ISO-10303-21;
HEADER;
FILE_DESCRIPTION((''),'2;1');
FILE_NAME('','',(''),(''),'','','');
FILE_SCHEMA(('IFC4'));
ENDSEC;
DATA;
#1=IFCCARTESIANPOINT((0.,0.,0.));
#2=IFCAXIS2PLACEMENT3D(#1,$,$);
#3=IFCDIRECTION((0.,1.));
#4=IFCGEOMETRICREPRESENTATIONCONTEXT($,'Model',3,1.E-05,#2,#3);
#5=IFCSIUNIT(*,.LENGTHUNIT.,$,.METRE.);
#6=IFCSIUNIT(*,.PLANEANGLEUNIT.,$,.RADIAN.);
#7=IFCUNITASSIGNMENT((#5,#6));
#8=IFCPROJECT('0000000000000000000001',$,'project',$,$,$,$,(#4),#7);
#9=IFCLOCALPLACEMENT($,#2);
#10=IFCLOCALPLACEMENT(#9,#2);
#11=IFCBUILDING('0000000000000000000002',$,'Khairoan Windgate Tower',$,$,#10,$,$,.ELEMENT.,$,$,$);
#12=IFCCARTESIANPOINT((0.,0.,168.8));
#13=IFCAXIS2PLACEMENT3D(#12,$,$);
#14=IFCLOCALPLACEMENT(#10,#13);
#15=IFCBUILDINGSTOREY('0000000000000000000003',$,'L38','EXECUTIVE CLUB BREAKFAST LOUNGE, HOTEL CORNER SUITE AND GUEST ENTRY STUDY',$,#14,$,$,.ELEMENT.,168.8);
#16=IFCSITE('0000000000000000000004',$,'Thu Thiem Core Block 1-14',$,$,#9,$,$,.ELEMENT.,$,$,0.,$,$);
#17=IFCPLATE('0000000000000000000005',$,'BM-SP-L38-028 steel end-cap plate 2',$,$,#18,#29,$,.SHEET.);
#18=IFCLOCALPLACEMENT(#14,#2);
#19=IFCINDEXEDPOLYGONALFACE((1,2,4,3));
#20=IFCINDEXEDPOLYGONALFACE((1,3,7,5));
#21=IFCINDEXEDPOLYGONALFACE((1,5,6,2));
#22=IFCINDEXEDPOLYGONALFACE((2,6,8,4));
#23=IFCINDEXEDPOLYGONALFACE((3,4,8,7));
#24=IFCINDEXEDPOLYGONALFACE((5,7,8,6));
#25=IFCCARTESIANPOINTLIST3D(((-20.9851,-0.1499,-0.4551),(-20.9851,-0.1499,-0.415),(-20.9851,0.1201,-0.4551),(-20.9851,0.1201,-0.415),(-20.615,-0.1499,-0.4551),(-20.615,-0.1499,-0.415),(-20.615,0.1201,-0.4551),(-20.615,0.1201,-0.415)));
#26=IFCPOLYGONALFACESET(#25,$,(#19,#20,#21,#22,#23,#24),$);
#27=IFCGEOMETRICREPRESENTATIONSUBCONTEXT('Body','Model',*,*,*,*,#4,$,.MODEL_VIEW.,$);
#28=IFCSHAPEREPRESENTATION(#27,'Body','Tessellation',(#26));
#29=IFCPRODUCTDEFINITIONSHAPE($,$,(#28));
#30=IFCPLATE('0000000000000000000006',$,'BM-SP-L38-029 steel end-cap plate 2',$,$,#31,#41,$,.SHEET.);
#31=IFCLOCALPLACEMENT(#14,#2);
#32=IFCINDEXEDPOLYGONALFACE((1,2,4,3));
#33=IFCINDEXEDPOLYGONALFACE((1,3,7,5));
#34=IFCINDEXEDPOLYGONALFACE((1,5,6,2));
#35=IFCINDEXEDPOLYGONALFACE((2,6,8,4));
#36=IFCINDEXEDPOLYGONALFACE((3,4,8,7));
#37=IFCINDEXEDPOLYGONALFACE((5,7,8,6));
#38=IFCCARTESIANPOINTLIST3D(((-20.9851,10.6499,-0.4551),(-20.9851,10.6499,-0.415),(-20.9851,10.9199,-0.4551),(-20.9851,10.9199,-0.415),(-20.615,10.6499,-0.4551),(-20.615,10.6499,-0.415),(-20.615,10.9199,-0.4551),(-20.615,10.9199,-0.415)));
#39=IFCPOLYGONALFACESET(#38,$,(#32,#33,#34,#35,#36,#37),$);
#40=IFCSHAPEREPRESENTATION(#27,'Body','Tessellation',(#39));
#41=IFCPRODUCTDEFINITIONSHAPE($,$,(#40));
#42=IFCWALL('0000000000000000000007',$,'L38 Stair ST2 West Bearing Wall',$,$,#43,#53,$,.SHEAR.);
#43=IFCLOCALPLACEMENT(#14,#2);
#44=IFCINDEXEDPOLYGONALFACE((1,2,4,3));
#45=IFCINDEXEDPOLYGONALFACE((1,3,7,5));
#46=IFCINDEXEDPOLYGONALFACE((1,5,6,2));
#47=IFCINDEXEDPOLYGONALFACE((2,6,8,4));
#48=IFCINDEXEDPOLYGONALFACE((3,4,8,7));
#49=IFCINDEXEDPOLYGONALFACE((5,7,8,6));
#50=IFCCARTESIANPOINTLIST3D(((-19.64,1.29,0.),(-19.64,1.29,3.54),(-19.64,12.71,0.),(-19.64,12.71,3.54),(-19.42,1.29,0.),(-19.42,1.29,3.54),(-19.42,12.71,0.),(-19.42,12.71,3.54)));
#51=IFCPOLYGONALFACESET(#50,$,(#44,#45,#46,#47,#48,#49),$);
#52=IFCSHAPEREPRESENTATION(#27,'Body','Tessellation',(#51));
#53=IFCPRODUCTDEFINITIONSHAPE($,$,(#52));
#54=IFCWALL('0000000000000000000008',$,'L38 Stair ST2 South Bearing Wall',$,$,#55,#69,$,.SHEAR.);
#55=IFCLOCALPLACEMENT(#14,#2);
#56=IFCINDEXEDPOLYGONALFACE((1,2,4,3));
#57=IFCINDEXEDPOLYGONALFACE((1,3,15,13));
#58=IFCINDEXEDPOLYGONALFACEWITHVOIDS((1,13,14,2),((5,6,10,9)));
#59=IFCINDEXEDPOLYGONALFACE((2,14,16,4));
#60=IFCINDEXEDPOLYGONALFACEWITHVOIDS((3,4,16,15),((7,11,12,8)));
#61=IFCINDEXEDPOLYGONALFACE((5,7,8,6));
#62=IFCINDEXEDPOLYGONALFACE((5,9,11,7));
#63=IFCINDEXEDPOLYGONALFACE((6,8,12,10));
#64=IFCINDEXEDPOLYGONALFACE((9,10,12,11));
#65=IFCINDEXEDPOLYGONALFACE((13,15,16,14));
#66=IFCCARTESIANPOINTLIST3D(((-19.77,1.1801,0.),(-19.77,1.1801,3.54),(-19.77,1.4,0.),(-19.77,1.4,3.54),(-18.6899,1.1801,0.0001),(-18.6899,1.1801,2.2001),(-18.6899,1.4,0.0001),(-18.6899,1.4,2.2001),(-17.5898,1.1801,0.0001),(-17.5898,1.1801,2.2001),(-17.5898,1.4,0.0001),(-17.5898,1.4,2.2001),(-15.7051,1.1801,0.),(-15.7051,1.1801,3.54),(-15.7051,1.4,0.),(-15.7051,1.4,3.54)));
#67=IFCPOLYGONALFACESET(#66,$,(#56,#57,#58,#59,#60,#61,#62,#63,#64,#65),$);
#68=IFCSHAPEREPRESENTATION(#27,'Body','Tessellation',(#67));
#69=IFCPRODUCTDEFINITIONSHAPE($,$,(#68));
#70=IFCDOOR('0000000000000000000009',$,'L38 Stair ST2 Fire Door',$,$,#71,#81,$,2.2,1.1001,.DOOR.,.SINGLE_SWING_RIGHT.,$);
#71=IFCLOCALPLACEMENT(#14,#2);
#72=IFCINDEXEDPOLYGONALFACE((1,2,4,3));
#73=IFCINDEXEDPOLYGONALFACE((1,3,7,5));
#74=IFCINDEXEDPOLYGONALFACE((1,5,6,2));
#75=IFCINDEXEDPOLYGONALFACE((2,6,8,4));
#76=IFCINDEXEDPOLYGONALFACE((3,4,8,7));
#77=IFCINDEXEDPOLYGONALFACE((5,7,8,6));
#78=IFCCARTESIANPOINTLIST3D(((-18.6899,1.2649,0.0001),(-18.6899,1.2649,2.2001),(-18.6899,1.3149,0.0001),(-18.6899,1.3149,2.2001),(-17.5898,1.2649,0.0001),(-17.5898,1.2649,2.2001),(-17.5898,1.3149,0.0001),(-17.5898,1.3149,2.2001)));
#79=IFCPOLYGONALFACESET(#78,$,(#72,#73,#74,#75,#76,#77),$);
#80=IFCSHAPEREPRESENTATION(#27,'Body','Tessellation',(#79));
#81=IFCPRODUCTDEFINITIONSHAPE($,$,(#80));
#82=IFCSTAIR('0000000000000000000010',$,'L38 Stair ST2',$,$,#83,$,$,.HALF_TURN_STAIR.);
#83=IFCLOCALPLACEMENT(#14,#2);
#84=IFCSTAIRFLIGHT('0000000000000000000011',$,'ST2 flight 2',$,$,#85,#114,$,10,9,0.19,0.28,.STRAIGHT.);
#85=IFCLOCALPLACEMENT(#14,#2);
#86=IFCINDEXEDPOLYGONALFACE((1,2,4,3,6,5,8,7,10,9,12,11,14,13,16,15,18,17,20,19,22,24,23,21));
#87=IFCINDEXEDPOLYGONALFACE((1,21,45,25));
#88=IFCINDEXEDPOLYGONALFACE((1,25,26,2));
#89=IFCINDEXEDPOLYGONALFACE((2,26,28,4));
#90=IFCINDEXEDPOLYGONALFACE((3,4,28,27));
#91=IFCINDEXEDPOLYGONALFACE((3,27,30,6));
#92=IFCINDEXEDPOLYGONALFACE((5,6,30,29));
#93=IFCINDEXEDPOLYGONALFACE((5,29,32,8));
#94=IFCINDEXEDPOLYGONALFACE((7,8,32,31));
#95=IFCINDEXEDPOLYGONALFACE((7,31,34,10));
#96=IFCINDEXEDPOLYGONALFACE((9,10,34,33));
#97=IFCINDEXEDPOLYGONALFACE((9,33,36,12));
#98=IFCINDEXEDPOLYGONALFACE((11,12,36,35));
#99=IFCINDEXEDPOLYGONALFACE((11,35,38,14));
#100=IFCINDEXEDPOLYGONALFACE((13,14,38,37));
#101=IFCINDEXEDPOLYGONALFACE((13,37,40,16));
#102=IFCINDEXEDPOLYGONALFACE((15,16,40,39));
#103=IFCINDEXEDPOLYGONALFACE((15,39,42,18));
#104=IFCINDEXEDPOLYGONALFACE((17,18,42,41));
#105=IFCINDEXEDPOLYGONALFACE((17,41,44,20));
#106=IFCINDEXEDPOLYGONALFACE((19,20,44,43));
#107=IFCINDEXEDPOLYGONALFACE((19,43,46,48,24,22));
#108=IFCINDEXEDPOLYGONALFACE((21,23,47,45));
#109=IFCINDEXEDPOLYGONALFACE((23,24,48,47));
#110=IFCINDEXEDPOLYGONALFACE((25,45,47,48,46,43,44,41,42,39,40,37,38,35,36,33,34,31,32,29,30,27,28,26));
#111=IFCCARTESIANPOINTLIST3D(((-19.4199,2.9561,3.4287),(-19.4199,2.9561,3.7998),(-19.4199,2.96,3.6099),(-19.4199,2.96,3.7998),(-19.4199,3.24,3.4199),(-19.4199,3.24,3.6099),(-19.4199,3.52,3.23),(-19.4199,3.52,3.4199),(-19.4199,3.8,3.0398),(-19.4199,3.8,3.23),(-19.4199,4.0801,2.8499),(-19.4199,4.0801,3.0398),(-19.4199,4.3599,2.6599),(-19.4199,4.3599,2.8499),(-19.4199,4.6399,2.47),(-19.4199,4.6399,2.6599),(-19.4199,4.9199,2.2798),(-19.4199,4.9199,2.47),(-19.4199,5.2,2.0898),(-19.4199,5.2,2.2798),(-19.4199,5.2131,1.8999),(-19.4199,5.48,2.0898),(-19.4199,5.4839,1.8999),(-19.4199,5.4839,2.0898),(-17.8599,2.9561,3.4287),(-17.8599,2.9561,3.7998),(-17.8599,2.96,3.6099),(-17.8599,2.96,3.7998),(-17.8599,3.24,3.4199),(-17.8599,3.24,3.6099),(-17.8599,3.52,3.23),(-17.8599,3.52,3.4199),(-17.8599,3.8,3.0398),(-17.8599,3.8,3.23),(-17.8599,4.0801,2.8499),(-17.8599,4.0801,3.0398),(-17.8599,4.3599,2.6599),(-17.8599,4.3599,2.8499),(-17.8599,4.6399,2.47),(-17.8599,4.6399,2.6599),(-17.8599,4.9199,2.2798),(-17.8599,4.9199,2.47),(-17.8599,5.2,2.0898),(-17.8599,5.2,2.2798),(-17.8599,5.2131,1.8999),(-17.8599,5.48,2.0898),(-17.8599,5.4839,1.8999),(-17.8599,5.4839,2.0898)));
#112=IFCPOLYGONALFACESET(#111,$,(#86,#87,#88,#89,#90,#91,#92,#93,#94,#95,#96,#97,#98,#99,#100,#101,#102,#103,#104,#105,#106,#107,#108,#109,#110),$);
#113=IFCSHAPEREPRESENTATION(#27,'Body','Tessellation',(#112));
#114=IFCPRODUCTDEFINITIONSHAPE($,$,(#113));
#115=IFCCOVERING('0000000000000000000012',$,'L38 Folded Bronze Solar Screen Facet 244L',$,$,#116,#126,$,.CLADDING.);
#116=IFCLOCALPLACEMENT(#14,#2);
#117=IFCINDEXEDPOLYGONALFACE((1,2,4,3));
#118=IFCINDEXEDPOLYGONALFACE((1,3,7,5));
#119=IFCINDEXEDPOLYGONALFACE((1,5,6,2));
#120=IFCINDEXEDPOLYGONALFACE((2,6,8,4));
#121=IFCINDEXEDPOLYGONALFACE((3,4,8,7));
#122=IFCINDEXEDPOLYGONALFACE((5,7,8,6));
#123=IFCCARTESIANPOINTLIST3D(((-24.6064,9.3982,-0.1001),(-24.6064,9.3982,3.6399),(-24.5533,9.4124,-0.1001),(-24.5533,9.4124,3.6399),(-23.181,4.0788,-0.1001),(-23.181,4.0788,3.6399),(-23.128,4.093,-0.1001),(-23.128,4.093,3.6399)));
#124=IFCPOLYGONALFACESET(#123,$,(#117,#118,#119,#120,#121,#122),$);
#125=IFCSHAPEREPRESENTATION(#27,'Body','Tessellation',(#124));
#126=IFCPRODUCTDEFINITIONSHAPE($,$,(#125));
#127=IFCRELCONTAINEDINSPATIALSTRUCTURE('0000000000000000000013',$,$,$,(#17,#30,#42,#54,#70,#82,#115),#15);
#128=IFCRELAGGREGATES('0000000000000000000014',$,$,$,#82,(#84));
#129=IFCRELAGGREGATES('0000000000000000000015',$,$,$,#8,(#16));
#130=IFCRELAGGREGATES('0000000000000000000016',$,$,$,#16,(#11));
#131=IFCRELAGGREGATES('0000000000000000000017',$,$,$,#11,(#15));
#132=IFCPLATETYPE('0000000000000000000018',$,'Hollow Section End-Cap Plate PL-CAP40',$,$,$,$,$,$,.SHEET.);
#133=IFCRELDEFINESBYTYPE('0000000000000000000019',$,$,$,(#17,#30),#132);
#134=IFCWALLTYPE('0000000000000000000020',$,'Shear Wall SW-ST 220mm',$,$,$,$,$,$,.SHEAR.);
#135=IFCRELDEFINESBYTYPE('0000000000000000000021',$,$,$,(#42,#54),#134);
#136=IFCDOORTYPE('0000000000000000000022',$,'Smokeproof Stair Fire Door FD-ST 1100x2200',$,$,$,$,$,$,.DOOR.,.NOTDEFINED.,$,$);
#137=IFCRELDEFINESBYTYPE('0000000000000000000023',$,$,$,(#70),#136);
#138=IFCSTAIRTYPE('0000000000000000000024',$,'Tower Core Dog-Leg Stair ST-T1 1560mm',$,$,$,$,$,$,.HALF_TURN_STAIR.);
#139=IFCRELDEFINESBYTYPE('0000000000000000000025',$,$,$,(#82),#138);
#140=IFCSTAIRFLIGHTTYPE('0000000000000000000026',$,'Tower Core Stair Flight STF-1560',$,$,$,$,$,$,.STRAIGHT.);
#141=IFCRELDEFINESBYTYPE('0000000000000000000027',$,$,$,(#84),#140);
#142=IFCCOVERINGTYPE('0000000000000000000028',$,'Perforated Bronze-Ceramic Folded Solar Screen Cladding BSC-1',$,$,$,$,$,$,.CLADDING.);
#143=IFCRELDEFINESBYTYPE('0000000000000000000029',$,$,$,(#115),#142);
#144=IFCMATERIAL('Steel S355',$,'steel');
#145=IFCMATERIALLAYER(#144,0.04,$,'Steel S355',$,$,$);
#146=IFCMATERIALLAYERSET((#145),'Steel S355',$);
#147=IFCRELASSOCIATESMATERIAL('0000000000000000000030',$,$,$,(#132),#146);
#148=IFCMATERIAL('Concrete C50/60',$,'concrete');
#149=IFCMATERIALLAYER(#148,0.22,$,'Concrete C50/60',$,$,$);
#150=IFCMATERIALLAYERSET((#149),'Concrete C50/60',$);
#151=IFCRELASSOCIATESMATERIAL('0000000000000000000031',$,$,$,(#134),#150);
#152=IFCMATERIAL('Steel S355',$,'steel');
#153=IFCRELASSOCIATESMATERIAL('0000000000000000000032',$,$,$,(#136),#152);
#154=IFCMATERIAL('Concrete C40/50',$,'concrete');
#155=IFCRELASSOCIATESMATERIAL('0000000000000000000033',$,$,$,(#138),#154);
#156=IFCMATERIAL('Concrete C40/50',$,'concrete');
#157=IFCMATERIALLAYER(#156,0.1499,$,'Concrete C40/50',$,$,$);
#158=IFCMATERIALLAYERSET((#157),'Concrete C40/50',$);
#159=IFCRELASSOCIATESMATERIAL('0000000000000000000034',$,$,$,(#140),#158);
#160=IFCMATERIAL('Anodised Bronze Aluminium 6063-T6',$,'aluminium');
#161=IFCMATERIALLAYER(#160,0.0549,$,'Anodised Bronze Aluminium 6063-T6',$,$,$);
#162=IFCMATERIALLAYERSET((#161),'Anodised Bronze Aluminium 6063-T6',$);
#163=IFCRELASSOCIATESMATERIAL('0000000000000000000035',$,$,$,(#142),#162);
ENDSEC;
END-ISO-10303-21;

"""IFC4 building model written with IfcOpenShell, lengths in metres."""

from ifc_helpers import new_model, si_unit, direction, frame, frame_2d, origin, origin_2d, place, context, subcontext, project, spatial, polyline, rectangle, outline, extrude, material, layer, layer_set, type_object, element, fill, aggregate, save


model = new_model("IFC4")

# Units and contexts
model_context = context("Model", 3, precision=1e-05, world=origin(), true_north=direction((0.0, 1.0)))
body_context = subcontext(model_context, "Body", "Model", "MODEL_VIEW")
ifc_project = project(units=[si_unit("LENGTHUNIT", "METRE"), si_unit("PLANEANGLEUNIT", "RADIAN")], contexts=[model_context])

# Site, building, storey
site_placement = place(None, origin())
site = spatial("IfcSite", under=ifc_project, at=site_placement, Name="Thu Thiem Core Block 1-14", CompositionType="ELEMENT", RefElevation=0.0)
building_placement = place(site_placement, origin())
building = spatial("IfcBuilding", under=site, at=building_placement, Name="Khairoan Windgate Tower", CompositionType="ELEMENT")
storey_placement = place(building_placement, frame((0.0, 0.0, 168.8)))
storey = spatial("IfcBuildingStorey", under=building, at=storey_placement, Name="L38", Description="EXECUTIVE CLUB BREAKFAST LOUNGE, HOTEL CORNER SUITE AND GUEST ENTRY STUDY", CompositionType="ELEMENT", Elevation=168.8)

# Plates
ifc_material_1 = material(Name="Steel S355", Category="steel")
ifc_layer_1 = layer(ifc_material_1, 0.04, Name="Steel S355")
ifc_layer_set_1 = layer_set([ifc_layer_1], Name="Steel S355")
plate_type = type_object("IfcPlateType", Name="Hollow Section End-Cap Plate PL-CAP40", PredefinedType="SHEET", material=ifc_layer_set_1)
for number, where, z_axis, x_axis, name in (
    (1, (-20.8, -0.0149, -0.4551), (0.0, 0.0, 1.0), (0.0, 1.0, 0.0), "BM-SP-L38-028 steel end-cap plate 2"),
    (2, (-20.8, 10.7849, -0.4551), (0.0, 0.0, 1.0), (0.0, 1.0, 0.0), "BM-SP-L38-029 steel end-cap plate 2"),
):
    element("IfcPlate", number, at=place(storey_placement, frame(where, z_axis=z_axis, x_axis=x_axis)), inside=storey, type_object=plate_type, Name=name, PredefinedType="SHEET", context=body_context, shape_type="SweptSolid", body=[
        extrude(rectangle(XDim=0.27, YDim=0.3701, at=origin_2d()), origin(), (0.0, 0.0, 1.0), 0.04),
    ])

# Wall
ifc_material_2 = material(Name="Concrete C50/60", Category="concrete")
ifc_layer_2 = layer(ifc_material_2, 0.22, Name="Concrete C50/60")
ifc_layer_set_2 = layer_set([ifc_layer_2], Name="Concrete C50/60")
wall_type = type_object("IfcWallType", Name="Shear Wall SW-ST 220mm", PredefinedType="SHEAR", material=ifc_layer_set_2)
wall_1_placement = place(storey_placement, frame((-19.53, 1.29, 0.0), z_axis=(0.0, 0.0, 1.0), x_axis=(0.0, 1.0, 0.0)))
element("IfcWall", 3, at=wall_1_placement, inside=storey, type_object=wall_type, Name="L38 Stair ST2 West Bearing Wall", PredefinedType="SHEAR", context=body_context, shape_type="SweptSolid", body=[
    extrude(rectangle(XDim=11.4199, YDim=0.22, at=frame_2d((5.71, 0.0))), origin(), (0.0, 0.0, 1.0), 3.54),
])

# Wall, opening, door
wall_2_placement = place(storey_placement, frame((-19.77, 1.29, 0.0), z_axis=(0.0, 0.0, 1.0), x_axis=(1.0, 0.0, 0.0)))
wall_2 = element("IfcWall", 4, at=wall_2_placement, inside=storey, type_object=wall_type, Name="L38 Stair ST2 South Bearing Wall", PredefinedType="SHEAR", context=body_context, shape_type="SweptSolid", body=[
    extrude(rectangle(XDim=4.0649, YDim=0.22, at=frame_2d((2.0325, 0.0))), origin(), (0.0, 0.0, 1.0), 3.54),
])
opening_placement = place(wall_2_placement, frame((1.0801, 0.0, 0.0)))
opening = element("IfcOpeningElement", 5, at=opening_placement, cuts=wall_2, PredefinedType="OPENING", context=body_context, shape_type="SweptSolid", body=[
    extrude(rectangle(XDim=1.1001, YDim=2.2, at=frame_2d((0.55, 1.1001))), frame((0.0, 0.1199, 0.0), z_axis=(0.0, -1.0, 0.0), x_axis=(1.0, 0.0, 0.0)), (0.0, 0.0, 1.0), 0.24),
])
ifc_material_3 = material(Name="Steel S355", Category="steel")
door_type = type_object("IfcDoorType", Name="Smokeproof Stair Fire Door FD-ST 1100x2200", OperationType="NOTDEFINED", PredefinedType="DOOR", material=ifc_material_3)
door_placement = place(opening_placement, origin())
door = element("IfcDoor", 6, at=door_placement, inside=storey, type_object=door_type, Name="L38 Stair ST2 Fire Door", OperationType="SINGLE_SWING_RIGHT", OverallHeight=2.2, OverallWidth=1.1001, PredefinedType="DOOR", context=body_context, shape_type="SweptSolid", body=[
    extrude(rectangle(XDim=1.1001, YDim=2.2, at=frame_2d((0.55, 1.1001))), frame((0.0, 0.0249, 0.0), z_axis=(0.0, -1.0, 0.0), x_axis=(1.0, 0.0, 0.0)), (0.0, 0.0, 1.0), 0.05),
])
fill(opening, door)

# Stair, stair flight
ifc_material_4 = material(Name="Concrete C40/50", Category="concrete")
stair_type = type_object("IfcStairType", Name="Tower Core Dog-Leg Stair ST-T1 1560mm", PredefinedType="HALF_TURN_STAIR", material=ifc_material_4)
stair_placement = place(storey_placement, origin())
stair = element("IfcStair", 7, at=stair_placement, inside=storey, type_object=stair_type, Name="L38 Stair ST2", PredefinedType="HALF_TURN_STAIR")
ifc_material_5 = material(Name="Concrete C40/50", Category="concrete")
ifc_layer_3 = layer(ifc_material_5, 0.1499, Name="Concrete C40/50")
ifc_layer_set_3 = layer_set([ifc_layer_3], Name="Concrete C40/50")
stair_flight_type = type_object("IfcStairFlightType", Name="Tower Core Stair Flight STF-1560", PredefinedType="STRAIGHT", material=ifc_layer_set_3)
stair_flight_placement = place(storey_placement, frame((-18.6399, 5.48, 1.8999), z_axis=(0.0, 0.0, 1.0), x_axis=(0.0, -1.0, 0.0)))
stair_flight = element("IfcStairFlight", 8, at=stair_flight_placement, type_object=stair_flight_type, Name="ST2 flight 2", NumberOfRisers=10, NumberOfTreads=9, PredefinedType="STRAIGHT", RiserHeight=0.19, TreadLength=0.28, context=body_context, shape_type="SweptSolid", body=[
    extrude(outline(polyline([(-0.0039, 0.0), (-0.0039, 0.1899), (0.0, 0.1899), (0.28, 0.1899), (0.28, 0.3799), (0.5601, 0.3799), (0.5601, 0.5701), (0.8401, 0.5701), (0.8401, 0.76), (1.1201, 0.76), (1.1201, 0.95), (1.3999, 0.95), (1.3999, 1.1399), (1.6799, 1.1399), (1.6799, 1.3301), (1.96, 1.3301), (1.96, 1.52), (2.24, 1.52), (2.24, 1.71), (2.52, 1.71), (2.52, 1.8999), (2.5239, 1.8999), (2.5239, 1.5288), (0.2668, 0.0), (-0.0039, 0.0)])), frame((0.0, 0.78, 0.0), z_axis=(0.0, -1.0, 0.0), x_axis=(1.0, 0.0, 0.0)), (0.0, 0.0, 1.0), 1.5601),
])
aggregate(stair, [stair_flight])

# Covering
ifc_material_6 = material(Name="Anodised Bronze Aluminium 6063-T6", Category="aluminium")
ifc_layer_4 = layer(ifc_material_6, 0.0549, Name="Anodised Bronze Aluminium 6063-T6")
ifc_layer_set_4 = layer_set([ifc_layer_4], Name="Anodised Bronze Aluminium 6063-T6")
covering_type = type_object("IfcCoveringType", Name="Perforated Bronze-Ceramic Folded Solar Screen Cladding BSC-1", PredefinedType="CLADDING", material=ifc_layer_set_4)
covering_placement = place(storey_placement, frame((-23.8672, 6.7456, -0.1001), z_axis=(0.0, 0.0, 1.0), x_axis=(-0.258819, 0.965926, 0.0)))
element("IfcCovering", 9, at=covering_placement, inside=storey, type_object=covering_type, Name="L38 Folded Bronze Solar Screen Facet 244L", PredefinedType="CLADDING", context=body_context, shape_type="SweptSolid", body=[
    extrude(rectangle(XDim=5.5071, YDim=0.0549, at=origin_2d()), origin(), (0.0, 0.0, 1.0), 3.74),
])

save(model, "model.ifc")
